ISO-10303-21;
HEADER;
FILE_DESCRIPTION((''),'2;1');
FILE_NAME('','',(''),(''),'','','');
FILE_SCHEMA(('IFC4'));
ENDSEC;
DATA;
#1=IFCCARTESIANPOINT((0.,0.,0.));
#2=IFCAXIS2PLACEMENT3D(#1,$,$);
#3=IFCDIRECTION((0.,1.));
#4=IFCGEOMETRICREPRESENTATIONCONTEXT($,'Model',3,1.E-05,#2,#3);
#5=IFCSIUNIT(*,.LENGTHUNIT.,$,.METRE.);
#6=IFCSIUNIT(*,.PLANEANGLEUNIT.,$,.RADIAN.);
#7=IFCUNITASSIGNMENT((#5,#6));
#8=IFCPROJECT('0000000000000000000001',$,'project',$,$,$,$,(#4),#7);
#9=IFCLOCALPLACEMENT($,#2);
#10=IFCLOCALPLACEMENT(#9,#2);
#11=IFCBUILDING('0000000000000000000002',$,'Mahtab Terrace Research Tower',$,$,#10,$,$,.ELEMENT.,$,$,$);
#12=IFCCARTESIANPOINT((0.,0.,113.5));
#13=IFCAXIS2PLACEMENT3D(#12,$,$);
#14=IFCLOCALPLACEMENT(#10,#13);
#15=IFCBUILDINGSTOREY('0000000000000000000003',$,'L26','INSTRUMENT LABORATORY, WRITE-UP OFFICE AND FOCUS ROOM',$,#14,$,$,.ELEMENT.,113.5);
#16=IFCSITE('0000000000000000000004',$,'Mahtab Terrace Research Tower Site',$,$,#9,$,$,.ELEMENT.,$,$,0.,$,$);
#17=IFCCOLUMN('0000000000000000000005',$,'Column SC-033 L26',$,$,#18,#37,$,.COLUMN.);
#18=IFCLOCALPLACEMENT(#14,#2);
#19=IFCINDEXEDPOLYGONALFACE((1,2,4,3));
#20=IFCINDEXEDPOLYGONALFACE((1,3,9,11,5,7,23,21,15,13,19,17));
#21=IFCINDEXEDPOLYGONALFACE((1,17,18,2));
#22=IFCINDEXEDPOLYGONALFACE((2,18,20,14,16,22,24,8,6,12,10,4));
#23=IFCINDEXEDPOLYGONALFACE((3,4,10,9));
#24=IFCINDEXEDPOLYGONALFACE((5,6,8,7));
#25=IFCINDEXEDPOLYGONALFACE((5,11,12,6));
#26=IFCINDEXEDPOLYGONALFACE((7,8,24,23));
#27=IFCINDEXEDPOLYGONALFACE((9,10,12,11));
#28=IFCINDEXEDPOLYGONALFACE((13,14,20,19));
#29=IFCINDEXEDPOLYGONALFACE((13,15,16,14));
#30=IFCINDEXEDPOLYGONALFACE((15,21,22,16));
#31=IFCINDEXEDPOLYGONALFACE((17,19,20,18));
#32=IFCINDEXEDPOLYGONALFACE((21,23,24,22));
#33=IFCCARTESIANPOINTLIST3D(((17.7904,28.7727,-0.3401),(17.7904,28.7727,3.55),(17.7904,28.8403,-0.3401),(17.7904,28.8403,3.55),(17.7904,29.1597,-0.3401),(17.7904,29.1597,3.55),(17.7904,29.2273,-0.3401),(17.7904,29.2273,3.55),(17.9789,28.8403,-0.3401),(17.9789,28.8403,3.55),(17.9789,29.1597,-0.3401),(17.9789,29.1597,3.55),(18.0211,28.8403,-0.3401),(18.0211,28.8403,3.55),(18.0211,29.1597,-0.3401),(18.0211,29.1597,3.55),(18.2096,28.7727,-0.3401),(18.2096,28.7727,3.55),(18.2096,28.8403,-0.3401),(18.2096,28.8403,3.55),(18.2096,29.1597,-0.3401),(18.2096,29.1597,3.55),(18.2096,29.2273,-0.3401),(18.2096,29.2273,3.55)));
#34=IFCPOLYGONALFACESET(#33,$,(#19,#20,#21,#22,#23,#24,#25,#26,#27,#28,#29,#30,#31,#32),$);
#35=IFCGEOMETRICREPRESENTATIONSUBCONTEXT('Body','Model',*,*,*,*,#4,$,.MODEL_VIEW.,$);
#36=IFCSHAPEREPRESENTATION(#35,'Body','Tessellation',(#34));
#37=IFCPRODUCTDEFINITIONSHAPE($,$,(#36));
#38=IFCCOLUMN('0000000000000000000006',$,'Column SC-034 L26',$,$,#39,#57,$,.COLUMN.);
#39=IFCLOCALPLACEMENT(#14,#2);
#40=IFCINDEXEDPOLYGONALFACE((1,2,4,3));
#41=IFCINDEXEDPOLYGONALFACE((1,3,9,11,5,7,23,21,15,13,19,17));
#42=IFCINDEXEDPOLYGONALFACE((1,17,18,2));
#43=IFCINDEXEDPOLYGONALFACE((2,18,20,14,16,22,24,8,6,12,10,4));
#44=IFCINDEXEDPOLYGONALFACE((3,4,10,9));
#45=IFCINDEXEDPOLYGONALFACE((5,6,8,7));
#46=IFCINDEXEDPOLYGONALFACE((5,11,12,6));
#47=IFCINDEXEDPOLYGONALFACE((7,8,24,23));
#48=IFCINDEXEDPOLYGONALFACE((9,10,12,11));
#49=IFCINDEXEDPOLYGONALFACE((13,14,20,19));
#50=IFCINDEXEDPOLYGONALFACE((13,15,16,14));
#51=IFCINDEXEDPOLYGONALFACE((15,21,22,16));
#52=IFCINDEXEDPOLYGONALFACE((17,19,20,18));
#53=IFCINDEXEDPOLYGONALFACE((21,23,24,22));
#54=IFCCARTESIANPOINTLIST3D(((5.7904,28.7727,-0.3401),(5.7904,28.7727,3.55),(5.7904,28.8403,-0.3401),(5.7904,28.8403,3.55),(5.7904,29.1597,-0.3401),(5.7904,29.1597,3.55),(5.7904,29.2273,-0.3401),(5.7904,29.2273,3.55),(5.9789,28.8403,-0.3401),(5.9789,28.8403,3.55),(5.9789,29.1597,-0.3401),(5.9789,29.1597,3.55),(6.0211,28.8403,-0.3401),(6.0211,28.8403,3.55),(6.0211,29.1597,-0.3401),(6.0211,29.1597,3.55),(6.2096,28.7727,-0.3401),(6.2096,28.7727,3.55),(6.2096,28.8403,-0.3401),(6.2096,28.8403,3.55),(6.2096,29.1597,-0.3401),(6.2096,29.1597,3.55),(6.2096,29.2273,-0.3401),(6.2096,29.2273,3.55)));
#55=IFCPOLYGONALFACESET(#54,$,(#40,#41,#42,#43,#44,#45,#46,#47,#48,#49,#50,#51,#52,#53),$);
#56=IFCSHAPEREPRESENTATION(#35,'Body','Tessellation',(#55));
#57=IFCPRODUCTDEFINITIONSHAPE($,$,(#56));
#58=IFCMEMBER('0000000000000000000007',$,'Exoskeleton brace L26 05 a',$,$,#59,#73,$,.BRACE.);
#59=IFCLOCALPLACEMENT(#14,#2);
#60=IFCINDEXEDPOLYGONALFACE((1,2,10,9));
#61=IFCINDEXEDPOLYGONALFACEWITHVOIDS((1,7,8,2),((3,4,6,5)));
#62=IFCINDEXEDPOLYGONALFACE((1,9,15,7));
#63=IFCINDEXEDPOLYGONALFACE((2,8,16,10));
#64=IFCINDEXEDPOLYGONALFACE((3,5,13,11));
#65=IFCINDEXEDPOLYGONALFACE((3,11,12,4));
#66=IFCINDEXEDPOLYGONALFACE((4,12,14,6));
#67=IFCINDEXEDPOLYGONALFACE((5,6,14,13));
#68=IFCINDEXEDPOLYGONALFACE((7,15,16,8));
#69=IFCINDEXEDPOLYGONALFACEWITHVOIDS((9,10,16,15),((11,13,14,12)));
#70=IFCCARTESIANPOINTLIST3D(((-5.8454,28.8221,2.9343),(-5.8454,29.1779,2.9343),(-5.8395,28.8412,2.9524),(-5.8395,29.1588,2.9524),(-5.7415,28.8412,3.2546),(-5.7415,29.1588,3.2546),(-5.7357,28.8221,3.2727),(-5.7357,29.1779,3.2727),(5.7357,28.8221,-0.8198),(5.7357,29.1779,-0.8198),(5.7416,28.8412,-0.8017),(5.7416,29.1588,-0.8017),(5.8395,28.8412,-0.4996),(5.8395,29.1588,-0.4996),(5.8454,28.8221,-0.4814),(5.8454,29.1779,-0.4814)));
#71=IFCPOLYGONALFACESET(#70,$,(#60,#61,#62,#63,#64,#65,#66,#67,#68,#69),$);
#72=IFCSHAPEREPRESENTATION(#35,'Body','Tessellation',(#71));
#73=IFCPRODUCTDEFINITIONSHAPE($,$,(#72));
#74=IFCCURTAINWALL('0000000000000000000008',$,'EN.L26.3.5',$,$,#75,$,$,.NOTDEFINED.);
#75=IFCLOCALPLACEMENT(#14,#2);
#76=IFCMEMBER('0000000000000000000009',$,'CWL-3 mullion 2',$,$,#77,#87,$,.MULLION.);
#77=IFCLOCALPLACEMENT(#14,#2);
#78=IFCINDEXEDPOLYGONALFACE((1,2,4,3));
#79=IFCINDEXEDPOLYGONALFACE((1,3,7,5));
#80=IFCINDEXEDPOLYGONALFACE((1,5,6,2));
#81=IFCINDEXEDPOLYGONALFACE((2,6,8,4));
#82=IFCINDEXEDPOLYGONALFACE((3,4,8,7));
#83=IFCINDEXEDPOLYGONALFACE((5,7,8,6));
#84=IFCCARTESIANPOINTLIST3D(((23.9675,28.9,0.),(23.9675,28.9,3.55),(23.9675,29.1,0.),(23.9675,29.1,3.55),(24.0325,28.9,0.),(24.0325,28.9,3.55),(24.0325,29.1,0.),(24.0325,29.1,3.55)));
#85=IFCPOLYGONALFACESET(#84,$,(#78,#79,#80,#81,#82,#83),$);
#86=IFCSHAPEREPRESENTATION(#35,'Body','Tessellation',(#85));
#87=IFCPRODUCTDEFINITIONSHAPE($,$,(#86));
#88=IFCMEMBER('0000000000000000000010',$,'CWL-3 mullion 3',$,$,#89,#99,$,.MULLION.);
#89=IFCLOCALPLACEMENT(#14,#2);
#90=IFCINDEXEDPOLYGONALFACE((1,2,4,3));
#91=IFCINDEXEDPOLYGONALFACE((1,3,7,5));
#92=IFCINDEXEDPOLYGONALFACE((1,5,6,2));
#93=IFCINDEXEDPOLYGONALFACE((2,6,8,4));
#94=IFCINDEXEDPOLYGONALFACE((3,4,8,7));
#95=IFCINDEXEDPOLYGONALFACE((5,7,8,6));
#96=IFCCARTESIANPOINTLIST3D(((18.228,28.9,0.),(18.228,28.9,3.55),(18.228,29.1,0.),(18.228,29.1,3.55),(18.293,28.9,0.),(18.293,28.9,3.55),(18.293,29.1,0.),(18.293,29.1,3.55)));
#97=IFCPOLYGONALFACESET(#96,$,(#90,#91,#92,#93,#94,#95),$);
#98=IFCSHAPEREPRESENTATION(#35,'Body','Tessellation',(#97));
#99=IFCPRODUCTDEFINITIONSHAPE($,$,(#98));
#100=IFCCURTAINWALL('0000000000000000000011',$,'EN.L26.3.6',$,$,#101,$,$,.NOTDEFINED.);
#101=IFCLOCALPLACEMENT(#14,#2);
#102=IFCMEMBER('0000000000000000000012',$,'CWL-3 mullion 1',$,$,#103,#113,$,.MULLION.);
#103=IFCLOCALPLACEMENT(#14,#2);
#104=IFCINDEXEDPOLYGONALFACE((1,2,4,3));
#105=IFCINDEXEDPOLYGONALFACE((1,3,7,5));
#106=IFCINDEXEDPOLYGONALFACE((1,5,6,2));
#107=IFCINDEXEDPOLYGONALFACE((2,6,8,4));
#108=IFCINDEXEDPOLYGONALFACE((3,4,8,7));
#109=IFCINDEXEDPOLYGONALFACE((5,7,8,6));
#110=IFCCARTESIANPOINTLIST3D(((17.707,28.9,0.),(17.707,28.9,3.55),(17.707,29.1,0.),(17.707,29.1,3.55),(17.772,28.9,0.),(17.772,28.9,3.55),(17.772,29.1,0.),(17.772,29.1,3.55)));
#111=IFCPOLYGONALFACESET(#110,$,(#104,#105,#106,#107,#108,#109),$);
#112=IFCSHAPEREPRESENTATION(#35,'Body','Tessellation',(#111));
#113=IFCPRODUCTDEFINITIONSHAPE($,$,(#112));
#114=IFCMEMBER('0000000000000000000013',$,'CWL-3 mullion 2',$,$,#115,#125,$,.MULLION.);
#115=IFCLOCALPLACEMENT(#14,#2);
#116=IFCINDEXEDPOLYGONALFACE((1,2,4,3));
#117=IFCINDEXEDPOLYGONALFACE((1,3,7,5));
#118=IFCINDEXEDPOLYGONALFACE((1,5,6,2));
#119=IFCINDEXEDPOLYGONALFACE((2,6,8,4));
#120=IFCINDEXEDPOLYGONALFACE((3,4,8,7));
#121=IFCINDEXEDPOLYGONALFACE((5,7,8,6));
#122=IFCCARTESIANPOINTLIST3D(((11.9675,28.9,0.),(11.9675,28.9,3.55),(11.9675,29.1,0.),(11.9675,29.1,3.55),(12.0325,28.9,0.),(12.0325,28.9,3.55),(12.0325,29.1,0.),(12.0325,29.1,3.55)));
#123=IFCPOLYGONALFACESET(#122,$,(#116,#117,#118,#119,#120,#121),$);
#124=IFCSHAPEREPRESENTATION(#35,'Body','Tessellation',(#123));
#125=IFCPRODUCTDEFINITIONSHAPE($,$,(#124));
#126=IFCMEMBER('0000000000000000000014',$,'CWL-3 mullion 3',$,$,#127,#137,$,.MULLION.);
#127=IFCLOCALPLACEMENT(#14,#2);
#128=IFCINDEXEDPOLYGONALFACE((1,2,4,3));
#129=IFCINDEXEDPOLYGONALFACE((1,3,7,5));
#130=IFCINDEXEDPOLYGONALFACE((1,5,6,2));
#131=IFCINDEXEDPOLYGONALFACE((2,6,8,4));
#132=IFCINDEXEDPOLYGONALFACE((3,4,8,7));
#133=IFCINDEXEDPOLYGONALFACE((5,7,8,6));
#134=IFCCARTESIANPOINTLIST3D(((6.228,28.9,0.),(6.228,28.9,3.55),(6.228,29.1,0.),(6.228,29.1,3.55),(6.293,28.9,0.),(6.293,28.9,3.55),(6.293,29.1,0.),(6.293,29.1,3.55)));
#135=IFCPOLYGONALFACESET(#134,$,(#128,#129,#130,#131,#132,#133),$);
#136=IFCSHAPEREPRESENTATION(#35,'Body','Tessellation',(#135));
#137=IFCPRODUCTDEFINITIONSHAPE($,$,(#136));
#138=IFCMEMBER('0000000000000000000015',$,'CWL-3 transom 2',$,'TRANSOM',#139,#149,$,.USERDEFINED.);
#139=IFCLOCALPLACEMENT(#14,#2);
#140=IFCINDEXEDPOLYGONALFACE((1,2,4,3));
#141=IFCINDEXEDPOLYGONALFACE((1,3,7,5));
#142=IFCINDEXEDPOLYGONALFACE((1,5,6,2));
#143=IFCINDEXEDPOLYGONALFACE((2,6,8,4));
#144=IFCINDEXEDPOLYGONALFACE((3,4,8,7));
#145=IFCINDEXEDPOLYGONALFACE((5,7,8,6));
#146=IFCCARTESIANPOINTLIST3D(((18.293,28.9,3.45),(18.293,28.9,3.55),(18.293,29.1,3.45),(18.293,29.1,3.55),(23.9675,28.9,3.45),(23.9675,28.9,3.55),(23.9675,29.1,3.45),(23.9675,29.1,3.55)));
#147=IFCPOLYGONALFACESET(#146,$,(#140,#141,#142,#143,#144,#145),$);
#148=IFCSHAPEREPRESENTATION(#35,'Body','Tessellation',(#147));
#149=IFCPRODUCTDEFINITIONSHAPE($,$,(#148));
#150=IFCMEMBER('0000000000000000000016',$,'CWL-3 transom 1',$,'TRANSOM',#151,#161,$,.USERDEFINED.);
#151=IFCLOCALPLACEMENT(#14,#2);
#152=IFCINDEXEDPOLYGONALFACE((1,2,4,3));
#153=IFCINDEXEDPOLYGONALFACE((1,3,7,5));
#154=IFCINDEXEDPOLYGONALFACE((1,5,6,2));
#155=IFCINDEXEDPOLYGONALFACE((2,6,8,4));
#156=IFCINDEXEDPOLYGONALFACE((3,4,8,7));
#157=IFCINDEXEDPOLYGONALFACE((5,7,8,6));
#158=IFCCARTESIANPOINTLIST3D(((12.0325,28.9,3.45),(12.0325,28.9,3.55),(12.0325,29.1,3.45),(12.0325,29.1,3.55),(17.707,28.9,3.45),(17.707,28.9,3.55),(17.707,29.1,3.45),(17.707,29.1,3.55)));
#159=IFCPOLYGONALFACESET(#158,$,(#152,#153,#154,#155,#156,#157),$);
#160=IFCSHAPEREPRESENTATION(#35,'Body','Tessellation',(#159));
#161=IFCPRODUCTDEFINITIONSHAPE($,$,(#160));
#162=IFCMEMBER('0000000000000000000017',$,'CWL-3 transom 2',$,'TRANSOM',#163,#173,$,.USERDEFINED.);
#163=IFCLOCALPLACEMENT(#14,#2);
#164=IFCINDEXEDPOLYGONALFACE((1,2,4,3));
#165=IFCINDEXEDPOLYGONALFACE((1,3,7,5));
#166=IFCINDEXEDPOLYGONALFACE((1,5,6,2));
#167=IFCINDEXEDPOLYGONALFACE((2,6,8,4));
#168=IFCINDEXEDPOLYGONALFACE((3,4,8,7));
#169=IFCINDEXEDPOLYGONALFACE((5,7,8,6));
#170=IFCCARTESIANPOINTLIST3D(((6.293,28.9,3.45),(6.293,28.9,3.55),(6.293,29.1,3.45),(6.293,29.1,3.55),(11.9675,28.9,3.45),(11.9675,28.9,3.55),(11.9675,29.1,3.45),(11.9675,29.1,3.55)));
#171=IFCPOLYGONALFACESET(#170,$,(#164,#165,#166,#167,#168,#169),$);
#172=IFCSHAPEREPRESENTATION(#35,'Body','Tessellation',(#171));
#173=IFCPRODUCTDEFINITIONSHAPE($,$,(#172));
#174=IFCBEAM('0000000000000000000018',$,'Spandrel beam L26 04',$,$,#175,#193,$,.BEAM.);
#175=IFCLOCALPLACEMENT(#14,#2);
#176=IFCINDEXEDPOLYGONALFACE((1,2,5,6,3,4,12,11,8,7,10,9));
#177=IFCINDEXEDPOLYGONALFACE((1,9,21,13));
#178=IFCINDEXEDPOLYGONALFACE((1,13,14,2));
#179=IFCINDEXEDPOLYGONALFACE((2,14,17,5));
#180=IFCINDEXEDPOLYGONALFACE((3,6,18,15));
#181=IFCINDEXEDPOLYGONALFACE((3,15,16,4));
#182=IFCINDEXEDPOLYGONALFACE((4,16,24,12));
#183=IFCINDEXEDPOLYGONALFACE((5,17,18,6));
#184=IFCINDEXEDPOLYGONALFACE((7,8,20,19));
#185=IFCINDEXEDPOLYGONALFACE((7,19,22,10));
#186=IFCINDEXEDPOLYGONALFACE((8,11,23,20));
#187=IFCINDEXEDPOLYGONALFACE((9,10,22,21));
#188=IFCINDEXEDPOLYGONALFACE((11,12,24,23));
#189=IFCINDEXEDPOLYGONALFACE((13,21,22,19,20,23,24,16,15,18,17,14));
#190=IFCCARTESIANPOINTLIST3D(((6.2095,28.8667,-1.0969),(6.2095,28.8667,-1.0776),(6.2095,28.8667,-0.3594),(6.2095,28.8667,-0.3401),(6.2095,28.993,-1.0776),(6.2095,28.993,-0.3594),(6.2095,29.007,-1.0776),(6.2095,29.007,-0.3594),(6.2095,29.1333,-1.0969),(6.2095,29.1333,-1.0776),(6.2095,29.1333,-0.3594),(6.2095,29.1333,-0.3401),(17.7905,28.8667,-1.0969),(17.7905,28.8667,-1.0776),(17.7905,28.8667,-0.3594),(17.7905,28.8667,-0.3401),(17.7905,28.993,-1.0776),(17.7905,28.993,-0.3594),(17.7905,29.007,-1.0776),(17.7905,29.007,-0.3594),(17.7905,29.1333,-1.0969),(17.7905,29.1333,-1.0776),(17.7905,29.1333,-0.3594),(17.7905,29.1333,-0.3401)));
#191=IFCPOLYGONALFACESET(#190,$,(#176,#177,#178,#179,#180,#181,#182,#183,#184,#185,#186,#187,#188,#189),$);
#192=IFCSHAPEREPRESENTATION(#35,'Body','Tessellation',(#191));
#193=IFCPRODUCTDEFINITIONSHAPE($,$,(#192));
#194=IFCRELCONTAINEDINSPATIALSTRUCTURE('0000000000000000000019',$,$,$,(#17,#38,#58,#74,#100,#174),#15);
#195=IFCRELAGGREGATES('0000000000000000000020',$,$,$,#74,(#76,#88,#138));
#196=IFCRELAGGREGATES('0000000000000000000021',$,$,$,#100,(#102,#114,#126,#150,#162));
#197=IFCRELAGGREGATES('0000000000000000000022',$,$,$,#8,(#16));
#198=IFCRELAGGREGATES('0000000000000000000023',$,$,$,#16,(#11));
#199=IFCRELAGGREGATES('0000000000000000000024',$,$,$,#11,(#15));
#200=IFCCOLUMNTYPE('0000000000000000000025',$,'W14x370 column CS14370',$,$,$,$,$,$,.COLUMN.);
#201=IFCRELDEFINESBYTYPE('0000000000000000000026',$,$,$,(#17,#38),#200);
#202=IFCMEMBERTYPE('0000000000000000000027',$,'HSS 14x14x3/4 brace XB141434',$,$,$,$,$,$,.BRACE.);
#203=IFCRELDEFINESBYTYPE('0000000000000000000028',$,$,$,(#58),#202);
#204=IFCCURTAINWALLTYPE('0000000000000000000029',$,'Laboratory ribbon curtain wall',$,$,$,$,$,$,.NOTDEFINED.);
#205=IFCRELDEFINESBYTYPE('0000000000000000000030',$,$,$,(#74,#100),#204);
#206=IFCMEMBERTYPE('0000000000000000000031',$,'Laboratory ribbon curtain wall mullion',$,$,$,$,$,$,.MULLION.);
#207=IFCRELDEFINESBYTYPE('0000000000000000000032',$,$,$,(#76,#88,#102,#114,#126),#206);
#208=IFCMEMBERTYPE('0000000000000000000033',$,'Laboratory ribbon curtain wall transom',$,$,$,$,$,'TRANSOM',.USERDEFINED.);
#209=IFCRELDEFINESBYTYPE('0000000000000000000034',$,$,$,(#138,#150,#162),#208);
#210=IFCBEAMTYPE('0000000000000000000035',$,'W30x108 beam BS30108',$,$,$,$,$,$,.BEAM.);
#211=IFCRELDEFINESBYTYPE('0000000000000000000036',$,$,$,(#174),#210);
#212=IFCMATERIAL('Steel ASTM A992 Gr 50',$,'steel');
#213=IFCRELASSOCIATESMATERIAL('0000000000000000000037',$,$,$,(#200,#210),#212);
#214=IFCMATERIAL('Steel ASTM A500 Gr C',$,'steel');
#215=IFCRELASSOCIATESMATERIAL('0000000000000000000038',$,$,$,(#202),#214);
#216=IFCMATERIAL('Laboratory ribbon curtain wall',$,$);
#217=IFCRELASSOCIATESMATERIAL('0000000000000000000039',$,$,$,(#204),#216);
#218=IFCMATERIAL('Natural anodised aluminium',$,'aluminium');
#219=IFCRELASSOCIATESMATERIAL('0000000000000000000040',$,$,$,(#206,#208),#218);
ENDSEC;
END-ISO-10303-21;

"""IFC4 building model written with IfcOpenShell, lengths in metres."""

from ifc_helpers import new_model, si_unit, direction, frame, origin, origin_2d, place, context, subcontext, project, spatial, rectangle, hollow_rectangle, i_section, extrude, material, material_profile, profile_set, type_object, element, aggregate, save


model = new_model("IFC4")

# Units and contexts
model_context = context("Model", 3, precision=1e-05, world=origin(), true_north=direction((0.0, 1.0)))
body_context = subcontext(model_context, "Body", "Model", "MODEL_VIEW")
ifc_project = project(units=[si_unit("LENGTHUNIT", "METRE"), si_unit("PLANEANGLEUNIT", "RADIAN")], contexts=[model_context])

# Site, building, storey
site_placement = place(None, origin())
site = spatial("IfcSite", under=ifc_project, at=site_placement, Name="Mahtab Terrace Research Tower Site", CompositionType="ELEMENT", RefElevation=0.0)
building_placement = place(site_placement, origin())
building = spatial("IfcBuilding", under=site, at=building_placement, Name="Mahtab Terrace Research Tower", CompositionType="ELEMENT")
storey_placement = place(building_placement, frame((0.0, 0.0, 113.5)))
storey = spatial("IfcBuildingStorey", under=building, at=storey_placement, Name="L26", Description="INSTRUMENT LABORATORY, WRITE-UP OFFICE AND FOCUS ROOM", CompositionType="ELEMENT", Elevation=113.5)

# Columns
ifc_material_1 = material(Name="Steel ASTM A992 Gr 50", Category="steel")
ifc_material_profile_1 = material_profile(ifc_material_1, i_section(OverallWidth=0.4192, OverallDepth=0.4546, WebThickness=0.0422, FlangeThickness=0.0676, at=origin_2d()), Name="W14X370")
ifc_profile_set_1 = profile_set([ifc_material_profile_1], Name="Steel ASTM A992 Gr 50")
column_type = type_object("IfcColumnType", Name="W14x370 column CS14370", PredefinedType="COLUMN", material=ifc_profile_set_1)
for number, where, z_axis, x_axis, name in (
    (1, (18.0, 29.0, -0.3401), (0.0, 0.0, 1.0), (1.0, 0.0, 0.0), "Column SC-033 L26"),
    (2, (6.0, 29.0, -0.3401), (0.0, 0.0, 1.0), (1.0, 0.0, 0.0), "Column SC-034 L26"),
):
    element("IfcColumn", number, at=place(storey_placement, frame(where, z_axis=z_axis, x_axis=x_axis)), inside=storey, type_object=column_type, Name=name, PredefinedType="COLUMN", context=body_context, shape_type="SweptSolid", body=[
        extrude(i_section(OverallWidth=0.4192, OverallDepth=0.4546, WebThickness=0.0422, FlangeThickness=0.0676, at=origin_2d()), origin(), (0.0, 0.0, 1.0), 3.8901),
    ])

# Member
ifc_material_2 = material(Name="Steel ASTM A500 Gr C", Category="steel")
ifc_material_profile_2 = material_profile(ifc_material_2, hollow_rectangle(XDim=0.3557, YDim=0.3557, WallThickness=0.019, at=origin_2d()), Name="HSS14X14X3/4")
ifc_profile_set_2 = profile_set([ifc_material_profile_2], Name="Steel ASTM A500 Gr C")
member_type_1 = type_object("IfcMemberType", Name="HSS 14x14x3/4 brace XB141434", PredefinedType="BRACE", material=ifc_profile_set_2)
member_1_placement = place(storey_placement, frame((5.7905, 29.0, -0.6506), z_axis=(-0.951268, 0.0, 0.308366), x_axis=(0.0, -1.0, 0.0)))
element("IfcMember", 3, at=member_1_placement, inside=storey, type_object=member_type_1, Name="Exoskeleton brace L26 05 a", PredefinedType="BRACE", context=body_context, shape_type="SweptSolid", body=[
    extrude(hollow_rectangle(XDim=0.3557, YDim=0.3557, WallThickness=0.019, at=origin_2d()), origin(), (0.0, 0.0, 1.0), 12.1743),
])

# Curtain walls, members
ifc_material_3 = material(Name="Laboratory ribbon curtain wall")
curtain_wall_type = type_object("IfcCurtainWallType", Name="Laboratory ribbon curtain wall", PredefinedType="NOTDEFINED", material=ifc_material_3)
curtain_wall_1_placement = place(storey_placement, origin())
curtain_wall_1 = element("IfcCurtainWall", 4, at=curtain_wall_1_placement, inside=storey, type_object=curtain_wall_type, Name="EN.L26.3.5", PredefinedType="NOTDEFINED")
ifc_material_4 = material(Name="Natural anodised aluminium", Category="aluminium")
ifc_material_profile_3 = material_profile(ifc_material_4, rectangle(XDim=0.2, YDim=0.0649, at=origin_2d()), Name="MULLION 65x200")
ifc_profile_set_3 = profile_set([ifc_material_profile_3], Name="Natural anodised aluminium")
member_type_2 = type_object("IfcMemberType", Name="Laboratory ribbon curtain wall mullion", PredefinedType="MULLION", material=ifc_profile_set_3)
member_2_placement = place(storey_placement, frame((24.0, 29.0, 0.0), z_axis=(0.0, 0.0, 1.0), x_axis=(0.0, -1.0, 0.0)))
member_2 = element("IfcMember", 5, at=member_2_placement, type_object=member_type_2, Name="CWL-3 mullion 2", PredefinedType="MULLION", context=body_context, shape_type="SweptSolid", body=[
    extrude(rectangle(XDim=0.2, YDim=0.0649, at=origin_2d()), origin(), (0.0, 0.0, 1.0), 3.55),
])
member_3_placement = place(storey_placement, frame((18.2605, 29.0, 0.0), z_axis=(0.0, 0.0, 1.0), x_axis=(0.0, -1.0, 0.0)))
member_3 = element("IfcMember", 6, at=member_3_placement, type_object=member_type_2, Name="CWL-3 mullion 3", PredefinedType="MULLION", context=body_context, shape_type="SweptSolid", body=[
    extrude(rectangle(XDim=0.2, YDim=0.0649, at=origin_2d()), origin(), (0.0, 0.0, 1.0), 3.55),
])
curtain_wall_2_placement = place(storey_placement, origin())
curtain_wall_2 = element("IfcCurtainWall", 7, at=curtain_wall_2_placement, inside=storey, type_object=curtain_wall_type, Name="EN.L26.3.6", PredefinedType="NOTDEFINED")
member_4_placement = place(storey_placement, frame((17.7395, 29.0, 0.0), z_axis=(0.0, 0.0, 1.0), x_axis=(0.0, -1.0, 0.0)))
member_4 = element("IfcMember", 8, at=member_4_placement, type_object=member_type_2, Name="CWL-3 mullion 1", PredefinedType="MULLION", context=body_context, shape_type="SweptSolid", body=[
    extrude(rectangle(XDim=0.2, YDim=0.0649, at=origin_2d()), origin(), (0.0, 0.0, 1.0), 3.55),
])
member_5_placement = place(storey_placement, frame((12.0, 29.0, 0.0), z_axis=(0.0, 0.0, 1.0), x_axis=(0.0, -1.0, 0.0)))
member_5 = element("IfcMember", 9, at=member_5_placement, type_object=member_type_2, Name="CWL-3 mullion 2", PredefinedType="MULLION", context=body_context, shape_type="SweptSolid", body=[
    extrude(rectangle(XDim=0.2, YDim=0.0649, at=origin_2d()), origin(), (0.0, 0.0, 1.0), 3.55),
])
member_6_placement = place(storey_placement, frame((6.2605, 29.0, 0.0), z_axis=(0.0, 0.0, 1.0), x_axis=(0.0, -1.0, 0.0)))
member_6 = element("IfcMember", 10, at=member_6_placement, type_object=member_type_2, Name="CWL-3 mullion 3", PredefinedType="MULLION", context=body_context, shape_type="SweptSolid", body=[
    extrude(rectangle(XDim=0.2, YDim=0.0649, at=origin_2d()), origin(), (0.0, 0.0, 1.0), 3.55),
])

# Members
ifc_material_profile_4 = material_profile(ifc_material_4, rectangle(XDim=0.2, YDim=0.1001, at=origin_2d()), Name="TRANSOM 100x200")
ifc_profile_set_4 = profile_set([ifc_material_profile_4], Name="Natural anodised aluminium")
member_type_3 = type_object("IfcMemberType", Name="Laboratory ribbon curtain wall transom", ElementType="TRANSOM", PredefinedType="USERDEFINED", material=ifc_profile_set_4)
member_7_placement = place(storey_placement, frame((23.9675, 29.0, 3.5), z_axis=(-1.0, 0.0, 0.0), x_axis=(0.0, -1.0, 0.0)))
member_7 = element("IfcMember", 11, at=member_7_placement, type_object=member_type_3, Name="CWL-3 transom 2", ObjectType="TRANSOM", PredefinedType="USERDEFINED", context=body_context, shape_type="SweptSolid", body=[
    extrude(rectangle(XDim=0.2, YDim=0.1001, at=origin_2d()), origin(), (0.0, 0.0, 1.0), 5.6746),
])
member_8_placement = place(storey_placement, frame((17.707, 29.0, 3.5), z_axis=(-1.0, 0.0, 0.0), x_axis=(0.0, -1.0, 0.0)))
member_8 = element("IfcMember", 12, at=member_8_placement, type_object=member_type_3, Name="CWL-3 transom 1", ObjectType="TRANSOM", PredefinedType="USERDEFINED", context=body_context, shape_type="SweptSolid", body=[
    extrude(rectangle(XDim=0.2, YDim=0.1001, at=origin_2d()), origin(), (0.0, 0.0, 1.0), 5.6746),
])
member_9_placement = place(storey_placement, frame((11.9675, 29.0, 3.5), z_axis=(-1.0, 0.0, 0.0), x_axis=(0.0, -1.0, 0.0)))
member_9 = element("IfcMember", 13, at=member_9_placement, type_object=member_type_3, Name="CWL-3 transom 2", ObjectType="TRANSOM", PredefinedType="USERDEFINED", context=body_context, shape_type="SweptSolid", body=[
    extrude(rectangle(XDim=0.2, YDim=0.1001, at=origin_2d()), origin(), (0.0, 0.0, 1.0), 5.6746),
])

# Beam
ifc_material_profile_5 = material_profile(ifc_material_1, i_section(OverallWidth=0.2666, OverallDepth=0.7568, WebThickness=0.0139, FlangeThickness=0.0193, at=origin_2d()), Name="W30X108")
ifc_profile_set_5 = profile_set([ifc_material_profile_5], Name="Steel ASTM A992 Gr 50")
beam_type = type_object("IfcBeamType", Name="W30x108 beam BS30108", PredefinedType="BEAM", material=ifc_profile_set_5)
for number, where, z_axis, x_axis, name in (
    (14, (17.7905, 29.0, -0.7185), (-1.0, 0.0, 0.0), (0.0, -1.0, 0.0), "Spandrel beam L26 04"),
):
    element("IfcBeam", number, at=place(storey_placement, frame(where, z_axis=z_axis, x_axis=x_axis)), inside=storey, type_object=beam_type, Name=name, PredefinedType="BEAM", context=body_context, shape_type="SweptSolid", body=[
        extrude(i_section(OverallWidth=0.2666, OverallDepth=0.7568, WebThickness=0.0139, FlangeThickness=0.0193, at=origin_2d()), origin(), (0.0, 0.0, 1.0), 11.5811),
    ])

aggregate(curtain_wall_1, [member_2, member_3, member_7])
aggregate(curtain_wall_2, [member_4, member_5, member_6, member_8, member_9])

save(model, "model.ifc")
